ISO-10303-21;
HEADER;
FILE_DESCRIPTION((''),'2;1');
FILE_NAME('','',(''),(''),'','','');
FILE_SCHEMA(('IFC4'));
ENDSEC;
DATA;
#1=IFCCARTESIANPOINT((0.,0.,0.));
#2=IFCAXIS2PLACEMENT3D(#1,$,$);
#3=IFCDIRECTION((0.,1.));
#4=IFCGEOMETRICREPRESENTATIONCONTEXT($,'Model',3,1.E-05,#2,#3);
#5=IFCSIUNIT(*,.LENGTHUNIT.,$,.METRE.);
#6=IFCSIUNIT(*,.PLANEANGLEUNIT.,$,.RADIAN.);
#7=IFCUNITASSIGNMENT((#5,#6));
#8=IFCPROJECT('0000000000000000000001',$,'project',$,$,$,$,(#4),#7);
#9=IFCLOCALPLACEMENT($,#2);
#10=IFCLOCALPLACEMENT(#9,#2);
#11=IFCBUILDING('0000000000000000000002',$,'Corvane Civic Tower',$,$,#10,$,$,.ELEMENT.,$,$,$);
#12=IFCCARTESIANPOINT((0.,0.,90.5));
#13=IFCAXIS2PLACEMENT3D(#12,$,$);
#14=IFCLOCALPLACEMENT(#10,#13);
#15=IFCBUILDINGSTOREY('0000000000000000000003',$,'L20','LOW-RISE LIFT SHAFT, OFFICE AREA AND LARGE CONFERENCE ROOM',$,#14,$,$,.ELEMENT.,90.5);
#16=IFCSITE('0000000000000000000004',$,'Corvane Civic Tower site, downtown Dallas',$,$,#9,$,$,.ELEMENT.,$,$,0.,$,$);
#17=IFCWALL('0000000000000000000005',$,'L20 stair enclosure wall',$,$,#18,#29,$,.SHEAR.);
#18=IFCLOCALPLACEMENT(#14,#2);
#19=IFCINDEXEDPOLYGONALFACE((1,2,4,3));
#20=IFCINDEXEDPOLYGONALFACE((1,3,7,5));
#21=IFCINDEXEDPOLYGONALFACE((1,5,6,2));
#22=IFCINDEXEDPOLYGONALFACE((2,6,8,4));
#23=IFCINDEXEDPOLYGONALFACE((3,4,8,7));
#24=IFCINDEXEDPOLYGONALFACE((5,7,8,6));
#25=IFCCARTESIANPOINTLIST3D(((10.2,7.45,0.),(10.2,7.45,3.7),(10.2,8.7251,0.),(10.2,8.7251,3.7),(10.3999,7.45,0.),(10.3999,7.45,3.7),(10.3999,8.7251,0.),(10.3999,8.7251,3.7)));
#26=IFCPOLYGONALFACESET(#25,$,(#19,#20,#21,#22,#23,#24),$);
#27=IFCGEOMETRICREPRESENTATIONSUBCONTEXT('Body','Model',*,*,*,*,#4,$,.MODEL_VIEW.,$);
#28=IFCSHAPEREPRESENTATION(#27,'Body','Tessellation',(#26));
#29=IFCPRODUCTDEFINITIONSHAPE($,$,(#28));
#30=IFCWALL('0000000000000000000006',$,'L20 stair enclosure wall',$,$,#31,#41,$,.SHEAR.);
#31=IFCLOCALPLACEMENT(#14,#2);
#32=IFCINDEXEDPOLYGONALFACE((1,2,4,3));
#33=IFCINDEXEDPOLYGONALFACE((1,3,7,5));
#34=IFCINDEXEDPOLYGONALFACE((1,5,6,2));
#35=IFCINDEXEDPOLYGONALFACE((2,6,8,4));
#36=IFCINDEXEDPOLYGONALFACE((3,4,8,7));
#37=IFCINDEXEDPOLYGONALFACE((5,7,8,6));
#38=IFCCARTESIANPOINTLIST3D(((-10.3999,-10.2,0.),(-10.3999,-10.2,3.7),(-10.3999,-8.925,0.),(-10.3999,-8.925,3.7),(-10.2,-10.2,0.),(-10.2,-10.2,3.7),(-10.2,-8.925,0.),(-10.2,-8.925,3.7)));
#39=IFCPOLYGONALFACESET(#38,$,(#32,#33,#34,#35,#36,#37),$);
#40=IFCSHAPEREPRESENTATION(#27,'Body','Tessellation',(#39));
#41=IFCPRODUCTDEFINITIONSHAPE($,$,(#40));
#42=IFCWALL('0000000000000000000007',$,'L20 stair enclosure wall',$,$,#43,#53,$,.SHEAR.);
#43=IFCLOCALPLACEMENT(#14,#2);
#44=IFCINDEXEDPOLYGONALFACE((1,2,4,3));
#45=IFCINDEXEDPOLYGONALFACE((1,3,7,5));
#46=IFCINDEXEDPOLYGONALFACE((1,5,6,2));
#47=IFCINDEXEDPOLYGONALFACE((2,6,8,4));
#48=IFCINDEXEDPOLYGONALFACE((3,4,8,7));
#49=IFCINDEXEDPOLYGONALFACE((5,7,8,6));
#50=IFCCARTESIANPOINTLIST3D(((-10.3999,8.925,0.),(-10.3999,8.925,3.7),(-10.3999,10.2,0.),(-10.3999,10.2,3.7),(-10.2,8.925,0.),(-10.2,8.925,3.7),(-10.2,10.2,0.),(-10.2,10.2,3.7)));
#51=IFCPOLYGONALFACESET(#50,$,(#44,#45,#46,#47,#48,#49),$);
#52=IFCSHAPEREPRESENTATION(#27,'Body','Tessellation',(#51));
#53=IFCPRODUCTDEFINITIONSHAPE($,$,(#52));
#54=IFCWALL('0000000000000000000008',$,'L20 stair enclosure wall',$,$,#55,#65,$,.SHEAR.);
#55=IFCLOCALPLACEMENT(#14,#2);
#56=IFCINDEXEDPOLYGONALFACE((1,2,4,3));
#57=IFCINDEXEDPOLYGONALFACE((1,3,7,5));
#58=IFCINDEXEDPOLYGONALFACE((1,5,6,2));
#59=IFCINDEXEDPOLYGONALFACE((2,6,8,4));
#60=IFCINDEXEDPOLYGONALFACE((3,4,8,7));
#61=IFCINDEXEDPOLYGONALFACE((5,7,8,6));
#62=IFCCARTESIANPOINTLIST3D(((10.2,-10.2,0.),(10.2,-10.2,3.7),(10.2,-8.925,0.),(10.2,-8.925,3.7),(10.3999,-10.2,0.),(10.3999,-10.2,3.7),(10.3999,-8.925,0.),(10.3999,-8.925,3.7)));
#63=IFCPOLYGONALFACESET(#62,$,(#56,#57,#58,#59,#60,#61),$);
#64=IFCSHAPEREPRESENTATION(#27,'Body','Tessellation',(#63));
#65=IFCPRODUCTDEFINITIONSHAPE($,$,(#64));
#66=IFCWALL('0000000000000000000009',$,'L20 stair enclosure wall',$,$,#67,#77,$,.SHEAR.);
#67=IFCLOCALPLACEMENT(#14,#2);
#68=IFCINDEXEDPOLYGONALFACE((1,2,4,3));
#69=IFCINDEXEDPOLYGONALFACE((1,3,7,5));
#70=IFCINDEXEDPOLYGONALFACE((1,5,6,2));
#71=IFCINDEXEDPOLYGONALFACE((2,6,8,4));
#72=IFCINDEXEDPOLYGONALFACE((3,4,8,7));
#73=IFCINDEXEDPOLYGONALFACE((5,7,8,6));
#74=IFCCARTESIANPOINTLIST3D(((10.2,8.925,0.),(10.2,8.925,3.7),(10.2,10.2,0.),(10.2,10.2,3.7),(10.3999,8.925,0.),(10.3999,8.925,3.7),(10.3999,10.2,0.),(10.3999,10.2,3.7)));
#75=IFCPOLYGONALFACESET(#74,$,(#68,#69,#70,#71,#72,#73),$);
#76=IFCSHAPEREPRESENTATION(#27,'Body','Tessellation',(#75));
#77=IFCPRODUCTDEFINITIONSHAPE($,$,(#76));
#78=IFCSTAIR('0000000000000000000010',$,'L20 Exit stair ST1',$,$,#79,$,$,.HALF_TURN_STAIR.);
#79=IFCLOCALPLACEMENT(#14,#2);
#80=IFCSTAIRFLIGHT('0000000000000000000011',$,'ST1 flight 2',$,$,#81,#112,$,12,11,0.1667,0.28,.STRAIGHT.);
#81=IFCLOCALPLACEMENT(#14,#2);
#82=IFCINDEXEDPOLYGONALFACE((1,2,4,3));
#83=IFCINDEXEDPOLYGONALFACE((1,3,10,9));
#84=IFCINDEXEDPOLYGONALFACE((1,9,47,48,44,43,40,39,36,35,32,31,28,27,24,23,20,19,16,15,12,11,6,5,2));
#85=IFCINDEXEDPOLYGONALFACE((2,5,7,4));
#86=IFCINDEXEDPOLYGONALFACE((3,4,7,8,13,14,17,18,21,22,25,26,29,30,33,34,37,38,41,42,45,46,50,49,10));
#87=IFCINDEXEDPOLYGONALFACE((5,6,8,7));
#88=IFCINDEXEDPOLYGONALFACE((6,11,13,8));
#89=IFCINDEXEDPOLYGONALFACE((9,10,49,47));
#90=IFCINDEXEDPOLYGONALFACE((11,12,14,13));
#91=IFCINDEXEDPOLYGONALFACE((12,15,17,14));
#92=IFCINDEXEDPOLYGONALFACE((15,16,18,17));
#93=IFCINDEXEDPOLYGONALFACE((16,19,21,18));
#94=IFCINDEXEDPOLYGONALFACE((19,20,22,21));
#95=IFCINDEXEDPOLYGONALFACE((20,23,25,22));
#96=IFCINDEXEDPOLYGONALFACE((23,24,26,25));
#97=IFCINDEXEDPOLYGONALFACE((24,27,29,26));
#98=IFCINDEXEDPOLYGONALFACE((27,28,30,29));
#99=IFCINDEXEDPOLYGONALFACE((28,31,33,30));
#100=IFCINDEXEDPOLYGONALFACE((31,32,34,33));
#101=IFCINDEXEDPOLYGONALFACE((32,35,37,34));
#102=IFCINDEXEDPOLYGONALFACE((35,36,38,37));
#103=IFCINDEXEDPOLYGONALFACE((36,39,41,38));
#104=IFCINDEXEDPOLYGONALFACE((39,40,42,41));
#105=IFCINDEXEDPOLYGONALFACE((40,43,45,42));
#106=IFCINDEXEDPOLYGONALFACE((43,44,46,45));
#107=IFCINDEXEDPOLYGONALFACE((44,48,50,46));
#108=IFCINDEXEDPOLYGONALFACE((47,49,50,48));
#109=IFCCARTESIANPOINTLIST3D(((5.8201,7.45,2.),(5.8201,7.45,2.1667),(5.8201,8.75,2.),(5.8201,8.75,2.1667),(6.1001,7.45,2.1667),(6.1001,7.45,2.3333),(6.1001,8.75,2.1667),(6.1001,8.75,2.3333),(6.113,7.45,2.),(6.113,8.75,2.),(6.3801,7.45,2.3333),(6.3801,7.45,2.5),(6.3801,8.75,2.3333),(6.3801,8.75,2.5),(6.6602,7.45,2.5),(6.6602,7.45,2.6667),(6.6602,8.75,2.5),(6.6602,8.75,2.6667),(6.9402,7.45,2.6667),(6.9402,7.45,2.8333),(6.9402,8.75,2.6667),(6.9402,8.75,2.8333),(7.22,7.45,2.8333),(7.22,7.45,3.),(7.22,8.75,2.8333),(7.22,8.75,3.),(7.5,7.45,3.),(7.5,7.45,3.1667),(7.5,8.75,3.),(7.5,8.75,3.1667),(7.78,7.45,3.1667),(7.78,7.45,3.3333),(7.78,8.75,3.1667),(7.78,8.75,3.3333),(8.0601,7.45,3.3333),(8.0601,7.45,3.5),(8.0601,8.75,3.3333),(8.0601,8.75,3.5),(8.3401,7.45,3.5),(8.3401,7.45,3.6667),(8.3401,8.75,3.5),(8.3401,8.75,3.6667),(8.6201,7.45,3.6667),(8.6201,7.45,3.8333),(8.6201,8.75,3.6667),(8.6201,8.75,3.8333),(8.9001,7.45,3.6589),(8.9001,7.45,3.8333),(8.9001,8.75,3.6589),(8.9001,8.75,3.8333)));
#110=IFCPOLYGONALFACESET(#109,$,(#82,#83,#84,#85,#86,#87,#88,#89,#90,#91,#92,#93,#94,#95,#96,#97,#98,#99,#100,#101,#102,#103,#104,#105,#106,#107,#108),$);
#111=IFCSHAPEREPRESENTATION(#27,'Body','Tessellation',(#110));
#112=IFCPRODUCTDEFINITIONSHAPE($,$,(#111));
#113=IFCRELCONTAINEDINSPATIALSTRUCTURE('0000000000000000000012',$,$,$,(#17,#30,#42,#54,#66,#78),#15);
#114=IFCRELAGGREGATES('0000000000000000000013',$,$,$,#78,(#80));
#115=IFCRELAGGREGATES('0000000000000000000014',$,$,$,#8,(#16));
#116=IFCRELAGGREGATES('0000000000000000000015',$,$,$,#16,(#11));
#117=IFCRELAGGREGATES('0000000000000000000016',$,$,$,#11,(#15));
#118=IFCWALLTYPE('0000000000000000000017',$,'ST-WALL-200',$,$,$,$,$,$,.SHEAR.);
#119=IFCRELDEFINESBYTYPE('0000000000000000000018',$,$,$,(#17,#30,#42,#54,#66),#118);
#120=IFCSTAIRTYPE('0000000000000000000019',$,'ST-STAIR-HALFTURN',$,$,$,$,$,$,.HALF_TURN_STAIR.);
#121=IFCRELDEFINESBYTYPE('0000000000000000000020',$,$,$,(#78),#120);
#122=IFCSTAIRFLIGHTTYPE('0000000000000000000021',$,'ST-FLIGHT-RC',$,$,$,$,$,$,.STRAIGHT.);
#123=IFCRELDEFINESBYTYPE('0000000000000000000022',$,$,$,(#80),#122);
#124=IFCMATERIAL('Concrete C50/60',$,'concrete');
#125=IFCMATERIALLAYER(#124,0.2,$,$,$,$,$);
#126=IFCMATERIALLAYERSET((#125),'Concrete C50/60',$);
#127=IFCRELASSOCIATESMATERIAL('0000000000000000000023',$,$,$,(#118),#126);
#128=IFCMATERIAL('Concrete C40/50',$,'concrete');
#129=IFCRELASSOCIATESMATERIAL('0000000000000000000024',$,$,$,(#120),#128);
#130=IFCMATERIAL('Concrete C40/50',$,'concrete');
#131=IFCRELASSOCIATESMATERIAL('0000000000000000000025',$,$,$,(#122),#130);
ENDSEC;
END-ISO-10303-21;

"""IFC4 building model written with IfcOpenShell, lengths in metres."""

from ifc_helpers import new_model, si_unit, direction, frame, origin, place, context, subcontext, project, spatial, polyline, outline, extrude, material, layer, layer_set, type_object, element, aggregate, save


model = new_model("IFC4")

# Units and contexts
model_context = context("Model", 3, precision=1e-05, world=origin(), true_north=direction((0.0, 1.0)))
body_context = subcontext(model_context, "Body", "Model", "MODEL_VIEW")
ifc_project = project(units=[si_unit("LENGTHUNIT", "METRE"), si_unit("PLANEANGLEUNIT", "RADIAN")], contexts=[model_context])

# Site, building, storey
site_placement = place(None, origin())
site = spatial("IfcSite", under=ifc_project, at=site_placement, Name="Corvane Civic Tower site, downtown Dallas", CompositionType="ELEMENT", RefElevation=0.0)
building_placement = place(site_placement, origin())
building = spatial("IfcBuilding", under=site, at=building_placement, Name="Corvane Civic Tower", CompositionType="ELEMENT")
storey_placement = place(building_placement, frame((0.0, 0.0, 90.5)))
storey = spatial("IfcBuildingStorey", under=building, at=storey_placement, Name="L20", Description="LOW-RISE LIFT SHAFT, OFFICE AREA AND LARGE CONFERENCE ROOM", CompositionType="ELEMENT", Elevation=90.5)

# Shared definitions
ifc_material_1 = material(Name="Concrete C50/60", Category="concrete")
ifc_layer_1 = layer(ifc_material_1, 0.2)
ifc_layer_set_1 = layer_set([ifc_layer_1], Name="Concrete C50/60")
wall_type_1 = type_object("IfcWallType", Name="ST-WALL-200", PredefinedType="SHEAR", material=ifc_layer_set_1)

# Walls
wall_1_placement = place(storey_placement, origin())
element("IfcWall", 1, at=wall_1_placement, inside=storey, type_object=wall_type_1, Name="L20 stair enclosure wall", PredefinedType="SHEAR", context=body_context, shape_type="SweptSolid", body=[
    extrude(outline(polyline([(10.3999, 8.7251), (10.3999, 7.45), (10.2, 7.45), (10.2, 8.7251), (10.3999, 8.7251)])), origin(), (0.0, 0.0, 1.0), 3.7),
])
wall_2_placement = place(storey_placement, origin())
element("IfcWall", 2, at=wall_2_placement, inside=storey, type_object=wall_type_1, Name="L20 stair enclosure wall", PredefinedType="SHEAR", context=body_context, shape_type="SweptSolid", body=[
    extrude(outline(polyline([(-10.2, -8.925), (-10.2, -10.2), (-10.3999, -10.2), (-10.3999, -8.925), (-10.2, -8.925)])), origin(), (0.0, 0.0, 1.0), 3.7),
])
wall_3_placement = place(storey_placement, origin())
element("IfcWall", 3, at=wall_3_placement, inside=storey, type_object=wall_type_1, Name="L20 stair enclosure wall", PredefinedType="SHEAR", context=body_context, shape_type="SweptSolid", body=[
    extrude(outline(polyline([(-10.2, 8.925), (-10.3999, 8.925), (-10.3999, 10.2), (-10.2, 10.2), (-10.2, 8.925)])), origin(), (0.0, 0.0, 1.0), 3.7),
])
wall_4_placement = place(storey_placement, origin())
element("IfcWall", 4, at=wall_4_placement, inside=storey, type_object=wall_type_1, Name="L20 stair enclosure wall", PredefinedType="SHEAR", context=body_context, shape_type="SweptSolid", body=[
    extrude(outline(polyline([(10.3999, -8.925), (10.3999, -10.2), (10.2, -10.2), (10.2, -8.925), (10.3999, -8.925)])), origin(), (0.0, 0.0, 1.0), 3.7),
])
wall_5_placement = place(storey_placement, origin())
element("IfcWall", 5, at=wall_5_placement, inside=storey, type_object=wall_type_1, Name="L20 stair enclosure wall", PredefinedType="SHEAR", context=body_context, shape_type="SweptSolid", body=[
    extrude(outline(polyline([(10.3999, 8.925), (10.2, 8.925), (10.2, 10.2), (10.3999, 10.2), (10.3999, 8.925)])), origin(), (0.0, 0.0, 1.0), 3.7),
])

# Stair, stair flight
ifc_material_2 = material(Name="Concrete C40/50", Category="concrete")
stair_type = type_object("IfcStairType", Name="ST-STAIR-HALFTURN", PredefinedType="HALF_TURN_STAIR", material=ifc_material_2)
stair_placement = place(storey_placement, origin())
stair = element("IfcStair", 6, at=stair_placement, inside=storey, type_object=stair_type, Name="L20 Exit stair ST1", PredefinedType="HALF_TURN_STAIR")
ifc_material_3 = material(Name="Concrete C40/50", Category="concrete")
stair_flight_type = type_object("IfcStairFlightType", Name="ST-FLIGHT-RC", PredefinedType="STRAIGHT", material=ifc_material_3)
stair_flight_placement = place(storey_placement, frame((5.8201, 8.1001, 2.0), z_axis=(0.0, 0.0, 1.0), x_axis=(1.0, 0.0, 0.0)))
stair_flight = element("IfcStairFlight", 7, at=stair_flight_placement, type_object=stair_flight_type, Name="ST1 flight 2", NumberOfRisers=12, NumberOfTreads=11, PredefinedType="STRAIGHT", RiserHeight=0.1667, TreadLength=0.28, context=body_context, shape_type="SweptSolid", body=[
    extrude(outline(polyline([(0.0, 0.0), (0.0, 0.1667), (0.28, 0.1667), (0.28, 0.3333), (0.5601, 0.3333), (0.5601, 0.5), (0.8401, 0.5), (0.8401, 0.6667), (1.1201, 0.6667), (1.1201, 0.8333), (1.3999, 0.8333), (1.3999, 1.0), (1.6799, 1.0), (1.6799, 1.1667), (1.96, 1.1667), (1.96, 1.3333), (2.24, 1.3333), (2.24, 1.5), (2.52, 1.5), (2.52, 1.6667), (2.8, 1.6667), (2.8, 1.8333), (3.0801, 1.8333), (3.0801, 2.0), (3.0801, 1.6589), (0.293, 0.0), (0.0, 0.0)])), frame((0.0, 0.6499, 0.0), z_axis=(0.0, -1.0, 0.0), x_axis=(1.0, 0.0, 0.0)), (0.0, 0.0, 1.0), 1.3),
])
aggregate(stair, [stair_flight])

save(model, "model.ifc")
